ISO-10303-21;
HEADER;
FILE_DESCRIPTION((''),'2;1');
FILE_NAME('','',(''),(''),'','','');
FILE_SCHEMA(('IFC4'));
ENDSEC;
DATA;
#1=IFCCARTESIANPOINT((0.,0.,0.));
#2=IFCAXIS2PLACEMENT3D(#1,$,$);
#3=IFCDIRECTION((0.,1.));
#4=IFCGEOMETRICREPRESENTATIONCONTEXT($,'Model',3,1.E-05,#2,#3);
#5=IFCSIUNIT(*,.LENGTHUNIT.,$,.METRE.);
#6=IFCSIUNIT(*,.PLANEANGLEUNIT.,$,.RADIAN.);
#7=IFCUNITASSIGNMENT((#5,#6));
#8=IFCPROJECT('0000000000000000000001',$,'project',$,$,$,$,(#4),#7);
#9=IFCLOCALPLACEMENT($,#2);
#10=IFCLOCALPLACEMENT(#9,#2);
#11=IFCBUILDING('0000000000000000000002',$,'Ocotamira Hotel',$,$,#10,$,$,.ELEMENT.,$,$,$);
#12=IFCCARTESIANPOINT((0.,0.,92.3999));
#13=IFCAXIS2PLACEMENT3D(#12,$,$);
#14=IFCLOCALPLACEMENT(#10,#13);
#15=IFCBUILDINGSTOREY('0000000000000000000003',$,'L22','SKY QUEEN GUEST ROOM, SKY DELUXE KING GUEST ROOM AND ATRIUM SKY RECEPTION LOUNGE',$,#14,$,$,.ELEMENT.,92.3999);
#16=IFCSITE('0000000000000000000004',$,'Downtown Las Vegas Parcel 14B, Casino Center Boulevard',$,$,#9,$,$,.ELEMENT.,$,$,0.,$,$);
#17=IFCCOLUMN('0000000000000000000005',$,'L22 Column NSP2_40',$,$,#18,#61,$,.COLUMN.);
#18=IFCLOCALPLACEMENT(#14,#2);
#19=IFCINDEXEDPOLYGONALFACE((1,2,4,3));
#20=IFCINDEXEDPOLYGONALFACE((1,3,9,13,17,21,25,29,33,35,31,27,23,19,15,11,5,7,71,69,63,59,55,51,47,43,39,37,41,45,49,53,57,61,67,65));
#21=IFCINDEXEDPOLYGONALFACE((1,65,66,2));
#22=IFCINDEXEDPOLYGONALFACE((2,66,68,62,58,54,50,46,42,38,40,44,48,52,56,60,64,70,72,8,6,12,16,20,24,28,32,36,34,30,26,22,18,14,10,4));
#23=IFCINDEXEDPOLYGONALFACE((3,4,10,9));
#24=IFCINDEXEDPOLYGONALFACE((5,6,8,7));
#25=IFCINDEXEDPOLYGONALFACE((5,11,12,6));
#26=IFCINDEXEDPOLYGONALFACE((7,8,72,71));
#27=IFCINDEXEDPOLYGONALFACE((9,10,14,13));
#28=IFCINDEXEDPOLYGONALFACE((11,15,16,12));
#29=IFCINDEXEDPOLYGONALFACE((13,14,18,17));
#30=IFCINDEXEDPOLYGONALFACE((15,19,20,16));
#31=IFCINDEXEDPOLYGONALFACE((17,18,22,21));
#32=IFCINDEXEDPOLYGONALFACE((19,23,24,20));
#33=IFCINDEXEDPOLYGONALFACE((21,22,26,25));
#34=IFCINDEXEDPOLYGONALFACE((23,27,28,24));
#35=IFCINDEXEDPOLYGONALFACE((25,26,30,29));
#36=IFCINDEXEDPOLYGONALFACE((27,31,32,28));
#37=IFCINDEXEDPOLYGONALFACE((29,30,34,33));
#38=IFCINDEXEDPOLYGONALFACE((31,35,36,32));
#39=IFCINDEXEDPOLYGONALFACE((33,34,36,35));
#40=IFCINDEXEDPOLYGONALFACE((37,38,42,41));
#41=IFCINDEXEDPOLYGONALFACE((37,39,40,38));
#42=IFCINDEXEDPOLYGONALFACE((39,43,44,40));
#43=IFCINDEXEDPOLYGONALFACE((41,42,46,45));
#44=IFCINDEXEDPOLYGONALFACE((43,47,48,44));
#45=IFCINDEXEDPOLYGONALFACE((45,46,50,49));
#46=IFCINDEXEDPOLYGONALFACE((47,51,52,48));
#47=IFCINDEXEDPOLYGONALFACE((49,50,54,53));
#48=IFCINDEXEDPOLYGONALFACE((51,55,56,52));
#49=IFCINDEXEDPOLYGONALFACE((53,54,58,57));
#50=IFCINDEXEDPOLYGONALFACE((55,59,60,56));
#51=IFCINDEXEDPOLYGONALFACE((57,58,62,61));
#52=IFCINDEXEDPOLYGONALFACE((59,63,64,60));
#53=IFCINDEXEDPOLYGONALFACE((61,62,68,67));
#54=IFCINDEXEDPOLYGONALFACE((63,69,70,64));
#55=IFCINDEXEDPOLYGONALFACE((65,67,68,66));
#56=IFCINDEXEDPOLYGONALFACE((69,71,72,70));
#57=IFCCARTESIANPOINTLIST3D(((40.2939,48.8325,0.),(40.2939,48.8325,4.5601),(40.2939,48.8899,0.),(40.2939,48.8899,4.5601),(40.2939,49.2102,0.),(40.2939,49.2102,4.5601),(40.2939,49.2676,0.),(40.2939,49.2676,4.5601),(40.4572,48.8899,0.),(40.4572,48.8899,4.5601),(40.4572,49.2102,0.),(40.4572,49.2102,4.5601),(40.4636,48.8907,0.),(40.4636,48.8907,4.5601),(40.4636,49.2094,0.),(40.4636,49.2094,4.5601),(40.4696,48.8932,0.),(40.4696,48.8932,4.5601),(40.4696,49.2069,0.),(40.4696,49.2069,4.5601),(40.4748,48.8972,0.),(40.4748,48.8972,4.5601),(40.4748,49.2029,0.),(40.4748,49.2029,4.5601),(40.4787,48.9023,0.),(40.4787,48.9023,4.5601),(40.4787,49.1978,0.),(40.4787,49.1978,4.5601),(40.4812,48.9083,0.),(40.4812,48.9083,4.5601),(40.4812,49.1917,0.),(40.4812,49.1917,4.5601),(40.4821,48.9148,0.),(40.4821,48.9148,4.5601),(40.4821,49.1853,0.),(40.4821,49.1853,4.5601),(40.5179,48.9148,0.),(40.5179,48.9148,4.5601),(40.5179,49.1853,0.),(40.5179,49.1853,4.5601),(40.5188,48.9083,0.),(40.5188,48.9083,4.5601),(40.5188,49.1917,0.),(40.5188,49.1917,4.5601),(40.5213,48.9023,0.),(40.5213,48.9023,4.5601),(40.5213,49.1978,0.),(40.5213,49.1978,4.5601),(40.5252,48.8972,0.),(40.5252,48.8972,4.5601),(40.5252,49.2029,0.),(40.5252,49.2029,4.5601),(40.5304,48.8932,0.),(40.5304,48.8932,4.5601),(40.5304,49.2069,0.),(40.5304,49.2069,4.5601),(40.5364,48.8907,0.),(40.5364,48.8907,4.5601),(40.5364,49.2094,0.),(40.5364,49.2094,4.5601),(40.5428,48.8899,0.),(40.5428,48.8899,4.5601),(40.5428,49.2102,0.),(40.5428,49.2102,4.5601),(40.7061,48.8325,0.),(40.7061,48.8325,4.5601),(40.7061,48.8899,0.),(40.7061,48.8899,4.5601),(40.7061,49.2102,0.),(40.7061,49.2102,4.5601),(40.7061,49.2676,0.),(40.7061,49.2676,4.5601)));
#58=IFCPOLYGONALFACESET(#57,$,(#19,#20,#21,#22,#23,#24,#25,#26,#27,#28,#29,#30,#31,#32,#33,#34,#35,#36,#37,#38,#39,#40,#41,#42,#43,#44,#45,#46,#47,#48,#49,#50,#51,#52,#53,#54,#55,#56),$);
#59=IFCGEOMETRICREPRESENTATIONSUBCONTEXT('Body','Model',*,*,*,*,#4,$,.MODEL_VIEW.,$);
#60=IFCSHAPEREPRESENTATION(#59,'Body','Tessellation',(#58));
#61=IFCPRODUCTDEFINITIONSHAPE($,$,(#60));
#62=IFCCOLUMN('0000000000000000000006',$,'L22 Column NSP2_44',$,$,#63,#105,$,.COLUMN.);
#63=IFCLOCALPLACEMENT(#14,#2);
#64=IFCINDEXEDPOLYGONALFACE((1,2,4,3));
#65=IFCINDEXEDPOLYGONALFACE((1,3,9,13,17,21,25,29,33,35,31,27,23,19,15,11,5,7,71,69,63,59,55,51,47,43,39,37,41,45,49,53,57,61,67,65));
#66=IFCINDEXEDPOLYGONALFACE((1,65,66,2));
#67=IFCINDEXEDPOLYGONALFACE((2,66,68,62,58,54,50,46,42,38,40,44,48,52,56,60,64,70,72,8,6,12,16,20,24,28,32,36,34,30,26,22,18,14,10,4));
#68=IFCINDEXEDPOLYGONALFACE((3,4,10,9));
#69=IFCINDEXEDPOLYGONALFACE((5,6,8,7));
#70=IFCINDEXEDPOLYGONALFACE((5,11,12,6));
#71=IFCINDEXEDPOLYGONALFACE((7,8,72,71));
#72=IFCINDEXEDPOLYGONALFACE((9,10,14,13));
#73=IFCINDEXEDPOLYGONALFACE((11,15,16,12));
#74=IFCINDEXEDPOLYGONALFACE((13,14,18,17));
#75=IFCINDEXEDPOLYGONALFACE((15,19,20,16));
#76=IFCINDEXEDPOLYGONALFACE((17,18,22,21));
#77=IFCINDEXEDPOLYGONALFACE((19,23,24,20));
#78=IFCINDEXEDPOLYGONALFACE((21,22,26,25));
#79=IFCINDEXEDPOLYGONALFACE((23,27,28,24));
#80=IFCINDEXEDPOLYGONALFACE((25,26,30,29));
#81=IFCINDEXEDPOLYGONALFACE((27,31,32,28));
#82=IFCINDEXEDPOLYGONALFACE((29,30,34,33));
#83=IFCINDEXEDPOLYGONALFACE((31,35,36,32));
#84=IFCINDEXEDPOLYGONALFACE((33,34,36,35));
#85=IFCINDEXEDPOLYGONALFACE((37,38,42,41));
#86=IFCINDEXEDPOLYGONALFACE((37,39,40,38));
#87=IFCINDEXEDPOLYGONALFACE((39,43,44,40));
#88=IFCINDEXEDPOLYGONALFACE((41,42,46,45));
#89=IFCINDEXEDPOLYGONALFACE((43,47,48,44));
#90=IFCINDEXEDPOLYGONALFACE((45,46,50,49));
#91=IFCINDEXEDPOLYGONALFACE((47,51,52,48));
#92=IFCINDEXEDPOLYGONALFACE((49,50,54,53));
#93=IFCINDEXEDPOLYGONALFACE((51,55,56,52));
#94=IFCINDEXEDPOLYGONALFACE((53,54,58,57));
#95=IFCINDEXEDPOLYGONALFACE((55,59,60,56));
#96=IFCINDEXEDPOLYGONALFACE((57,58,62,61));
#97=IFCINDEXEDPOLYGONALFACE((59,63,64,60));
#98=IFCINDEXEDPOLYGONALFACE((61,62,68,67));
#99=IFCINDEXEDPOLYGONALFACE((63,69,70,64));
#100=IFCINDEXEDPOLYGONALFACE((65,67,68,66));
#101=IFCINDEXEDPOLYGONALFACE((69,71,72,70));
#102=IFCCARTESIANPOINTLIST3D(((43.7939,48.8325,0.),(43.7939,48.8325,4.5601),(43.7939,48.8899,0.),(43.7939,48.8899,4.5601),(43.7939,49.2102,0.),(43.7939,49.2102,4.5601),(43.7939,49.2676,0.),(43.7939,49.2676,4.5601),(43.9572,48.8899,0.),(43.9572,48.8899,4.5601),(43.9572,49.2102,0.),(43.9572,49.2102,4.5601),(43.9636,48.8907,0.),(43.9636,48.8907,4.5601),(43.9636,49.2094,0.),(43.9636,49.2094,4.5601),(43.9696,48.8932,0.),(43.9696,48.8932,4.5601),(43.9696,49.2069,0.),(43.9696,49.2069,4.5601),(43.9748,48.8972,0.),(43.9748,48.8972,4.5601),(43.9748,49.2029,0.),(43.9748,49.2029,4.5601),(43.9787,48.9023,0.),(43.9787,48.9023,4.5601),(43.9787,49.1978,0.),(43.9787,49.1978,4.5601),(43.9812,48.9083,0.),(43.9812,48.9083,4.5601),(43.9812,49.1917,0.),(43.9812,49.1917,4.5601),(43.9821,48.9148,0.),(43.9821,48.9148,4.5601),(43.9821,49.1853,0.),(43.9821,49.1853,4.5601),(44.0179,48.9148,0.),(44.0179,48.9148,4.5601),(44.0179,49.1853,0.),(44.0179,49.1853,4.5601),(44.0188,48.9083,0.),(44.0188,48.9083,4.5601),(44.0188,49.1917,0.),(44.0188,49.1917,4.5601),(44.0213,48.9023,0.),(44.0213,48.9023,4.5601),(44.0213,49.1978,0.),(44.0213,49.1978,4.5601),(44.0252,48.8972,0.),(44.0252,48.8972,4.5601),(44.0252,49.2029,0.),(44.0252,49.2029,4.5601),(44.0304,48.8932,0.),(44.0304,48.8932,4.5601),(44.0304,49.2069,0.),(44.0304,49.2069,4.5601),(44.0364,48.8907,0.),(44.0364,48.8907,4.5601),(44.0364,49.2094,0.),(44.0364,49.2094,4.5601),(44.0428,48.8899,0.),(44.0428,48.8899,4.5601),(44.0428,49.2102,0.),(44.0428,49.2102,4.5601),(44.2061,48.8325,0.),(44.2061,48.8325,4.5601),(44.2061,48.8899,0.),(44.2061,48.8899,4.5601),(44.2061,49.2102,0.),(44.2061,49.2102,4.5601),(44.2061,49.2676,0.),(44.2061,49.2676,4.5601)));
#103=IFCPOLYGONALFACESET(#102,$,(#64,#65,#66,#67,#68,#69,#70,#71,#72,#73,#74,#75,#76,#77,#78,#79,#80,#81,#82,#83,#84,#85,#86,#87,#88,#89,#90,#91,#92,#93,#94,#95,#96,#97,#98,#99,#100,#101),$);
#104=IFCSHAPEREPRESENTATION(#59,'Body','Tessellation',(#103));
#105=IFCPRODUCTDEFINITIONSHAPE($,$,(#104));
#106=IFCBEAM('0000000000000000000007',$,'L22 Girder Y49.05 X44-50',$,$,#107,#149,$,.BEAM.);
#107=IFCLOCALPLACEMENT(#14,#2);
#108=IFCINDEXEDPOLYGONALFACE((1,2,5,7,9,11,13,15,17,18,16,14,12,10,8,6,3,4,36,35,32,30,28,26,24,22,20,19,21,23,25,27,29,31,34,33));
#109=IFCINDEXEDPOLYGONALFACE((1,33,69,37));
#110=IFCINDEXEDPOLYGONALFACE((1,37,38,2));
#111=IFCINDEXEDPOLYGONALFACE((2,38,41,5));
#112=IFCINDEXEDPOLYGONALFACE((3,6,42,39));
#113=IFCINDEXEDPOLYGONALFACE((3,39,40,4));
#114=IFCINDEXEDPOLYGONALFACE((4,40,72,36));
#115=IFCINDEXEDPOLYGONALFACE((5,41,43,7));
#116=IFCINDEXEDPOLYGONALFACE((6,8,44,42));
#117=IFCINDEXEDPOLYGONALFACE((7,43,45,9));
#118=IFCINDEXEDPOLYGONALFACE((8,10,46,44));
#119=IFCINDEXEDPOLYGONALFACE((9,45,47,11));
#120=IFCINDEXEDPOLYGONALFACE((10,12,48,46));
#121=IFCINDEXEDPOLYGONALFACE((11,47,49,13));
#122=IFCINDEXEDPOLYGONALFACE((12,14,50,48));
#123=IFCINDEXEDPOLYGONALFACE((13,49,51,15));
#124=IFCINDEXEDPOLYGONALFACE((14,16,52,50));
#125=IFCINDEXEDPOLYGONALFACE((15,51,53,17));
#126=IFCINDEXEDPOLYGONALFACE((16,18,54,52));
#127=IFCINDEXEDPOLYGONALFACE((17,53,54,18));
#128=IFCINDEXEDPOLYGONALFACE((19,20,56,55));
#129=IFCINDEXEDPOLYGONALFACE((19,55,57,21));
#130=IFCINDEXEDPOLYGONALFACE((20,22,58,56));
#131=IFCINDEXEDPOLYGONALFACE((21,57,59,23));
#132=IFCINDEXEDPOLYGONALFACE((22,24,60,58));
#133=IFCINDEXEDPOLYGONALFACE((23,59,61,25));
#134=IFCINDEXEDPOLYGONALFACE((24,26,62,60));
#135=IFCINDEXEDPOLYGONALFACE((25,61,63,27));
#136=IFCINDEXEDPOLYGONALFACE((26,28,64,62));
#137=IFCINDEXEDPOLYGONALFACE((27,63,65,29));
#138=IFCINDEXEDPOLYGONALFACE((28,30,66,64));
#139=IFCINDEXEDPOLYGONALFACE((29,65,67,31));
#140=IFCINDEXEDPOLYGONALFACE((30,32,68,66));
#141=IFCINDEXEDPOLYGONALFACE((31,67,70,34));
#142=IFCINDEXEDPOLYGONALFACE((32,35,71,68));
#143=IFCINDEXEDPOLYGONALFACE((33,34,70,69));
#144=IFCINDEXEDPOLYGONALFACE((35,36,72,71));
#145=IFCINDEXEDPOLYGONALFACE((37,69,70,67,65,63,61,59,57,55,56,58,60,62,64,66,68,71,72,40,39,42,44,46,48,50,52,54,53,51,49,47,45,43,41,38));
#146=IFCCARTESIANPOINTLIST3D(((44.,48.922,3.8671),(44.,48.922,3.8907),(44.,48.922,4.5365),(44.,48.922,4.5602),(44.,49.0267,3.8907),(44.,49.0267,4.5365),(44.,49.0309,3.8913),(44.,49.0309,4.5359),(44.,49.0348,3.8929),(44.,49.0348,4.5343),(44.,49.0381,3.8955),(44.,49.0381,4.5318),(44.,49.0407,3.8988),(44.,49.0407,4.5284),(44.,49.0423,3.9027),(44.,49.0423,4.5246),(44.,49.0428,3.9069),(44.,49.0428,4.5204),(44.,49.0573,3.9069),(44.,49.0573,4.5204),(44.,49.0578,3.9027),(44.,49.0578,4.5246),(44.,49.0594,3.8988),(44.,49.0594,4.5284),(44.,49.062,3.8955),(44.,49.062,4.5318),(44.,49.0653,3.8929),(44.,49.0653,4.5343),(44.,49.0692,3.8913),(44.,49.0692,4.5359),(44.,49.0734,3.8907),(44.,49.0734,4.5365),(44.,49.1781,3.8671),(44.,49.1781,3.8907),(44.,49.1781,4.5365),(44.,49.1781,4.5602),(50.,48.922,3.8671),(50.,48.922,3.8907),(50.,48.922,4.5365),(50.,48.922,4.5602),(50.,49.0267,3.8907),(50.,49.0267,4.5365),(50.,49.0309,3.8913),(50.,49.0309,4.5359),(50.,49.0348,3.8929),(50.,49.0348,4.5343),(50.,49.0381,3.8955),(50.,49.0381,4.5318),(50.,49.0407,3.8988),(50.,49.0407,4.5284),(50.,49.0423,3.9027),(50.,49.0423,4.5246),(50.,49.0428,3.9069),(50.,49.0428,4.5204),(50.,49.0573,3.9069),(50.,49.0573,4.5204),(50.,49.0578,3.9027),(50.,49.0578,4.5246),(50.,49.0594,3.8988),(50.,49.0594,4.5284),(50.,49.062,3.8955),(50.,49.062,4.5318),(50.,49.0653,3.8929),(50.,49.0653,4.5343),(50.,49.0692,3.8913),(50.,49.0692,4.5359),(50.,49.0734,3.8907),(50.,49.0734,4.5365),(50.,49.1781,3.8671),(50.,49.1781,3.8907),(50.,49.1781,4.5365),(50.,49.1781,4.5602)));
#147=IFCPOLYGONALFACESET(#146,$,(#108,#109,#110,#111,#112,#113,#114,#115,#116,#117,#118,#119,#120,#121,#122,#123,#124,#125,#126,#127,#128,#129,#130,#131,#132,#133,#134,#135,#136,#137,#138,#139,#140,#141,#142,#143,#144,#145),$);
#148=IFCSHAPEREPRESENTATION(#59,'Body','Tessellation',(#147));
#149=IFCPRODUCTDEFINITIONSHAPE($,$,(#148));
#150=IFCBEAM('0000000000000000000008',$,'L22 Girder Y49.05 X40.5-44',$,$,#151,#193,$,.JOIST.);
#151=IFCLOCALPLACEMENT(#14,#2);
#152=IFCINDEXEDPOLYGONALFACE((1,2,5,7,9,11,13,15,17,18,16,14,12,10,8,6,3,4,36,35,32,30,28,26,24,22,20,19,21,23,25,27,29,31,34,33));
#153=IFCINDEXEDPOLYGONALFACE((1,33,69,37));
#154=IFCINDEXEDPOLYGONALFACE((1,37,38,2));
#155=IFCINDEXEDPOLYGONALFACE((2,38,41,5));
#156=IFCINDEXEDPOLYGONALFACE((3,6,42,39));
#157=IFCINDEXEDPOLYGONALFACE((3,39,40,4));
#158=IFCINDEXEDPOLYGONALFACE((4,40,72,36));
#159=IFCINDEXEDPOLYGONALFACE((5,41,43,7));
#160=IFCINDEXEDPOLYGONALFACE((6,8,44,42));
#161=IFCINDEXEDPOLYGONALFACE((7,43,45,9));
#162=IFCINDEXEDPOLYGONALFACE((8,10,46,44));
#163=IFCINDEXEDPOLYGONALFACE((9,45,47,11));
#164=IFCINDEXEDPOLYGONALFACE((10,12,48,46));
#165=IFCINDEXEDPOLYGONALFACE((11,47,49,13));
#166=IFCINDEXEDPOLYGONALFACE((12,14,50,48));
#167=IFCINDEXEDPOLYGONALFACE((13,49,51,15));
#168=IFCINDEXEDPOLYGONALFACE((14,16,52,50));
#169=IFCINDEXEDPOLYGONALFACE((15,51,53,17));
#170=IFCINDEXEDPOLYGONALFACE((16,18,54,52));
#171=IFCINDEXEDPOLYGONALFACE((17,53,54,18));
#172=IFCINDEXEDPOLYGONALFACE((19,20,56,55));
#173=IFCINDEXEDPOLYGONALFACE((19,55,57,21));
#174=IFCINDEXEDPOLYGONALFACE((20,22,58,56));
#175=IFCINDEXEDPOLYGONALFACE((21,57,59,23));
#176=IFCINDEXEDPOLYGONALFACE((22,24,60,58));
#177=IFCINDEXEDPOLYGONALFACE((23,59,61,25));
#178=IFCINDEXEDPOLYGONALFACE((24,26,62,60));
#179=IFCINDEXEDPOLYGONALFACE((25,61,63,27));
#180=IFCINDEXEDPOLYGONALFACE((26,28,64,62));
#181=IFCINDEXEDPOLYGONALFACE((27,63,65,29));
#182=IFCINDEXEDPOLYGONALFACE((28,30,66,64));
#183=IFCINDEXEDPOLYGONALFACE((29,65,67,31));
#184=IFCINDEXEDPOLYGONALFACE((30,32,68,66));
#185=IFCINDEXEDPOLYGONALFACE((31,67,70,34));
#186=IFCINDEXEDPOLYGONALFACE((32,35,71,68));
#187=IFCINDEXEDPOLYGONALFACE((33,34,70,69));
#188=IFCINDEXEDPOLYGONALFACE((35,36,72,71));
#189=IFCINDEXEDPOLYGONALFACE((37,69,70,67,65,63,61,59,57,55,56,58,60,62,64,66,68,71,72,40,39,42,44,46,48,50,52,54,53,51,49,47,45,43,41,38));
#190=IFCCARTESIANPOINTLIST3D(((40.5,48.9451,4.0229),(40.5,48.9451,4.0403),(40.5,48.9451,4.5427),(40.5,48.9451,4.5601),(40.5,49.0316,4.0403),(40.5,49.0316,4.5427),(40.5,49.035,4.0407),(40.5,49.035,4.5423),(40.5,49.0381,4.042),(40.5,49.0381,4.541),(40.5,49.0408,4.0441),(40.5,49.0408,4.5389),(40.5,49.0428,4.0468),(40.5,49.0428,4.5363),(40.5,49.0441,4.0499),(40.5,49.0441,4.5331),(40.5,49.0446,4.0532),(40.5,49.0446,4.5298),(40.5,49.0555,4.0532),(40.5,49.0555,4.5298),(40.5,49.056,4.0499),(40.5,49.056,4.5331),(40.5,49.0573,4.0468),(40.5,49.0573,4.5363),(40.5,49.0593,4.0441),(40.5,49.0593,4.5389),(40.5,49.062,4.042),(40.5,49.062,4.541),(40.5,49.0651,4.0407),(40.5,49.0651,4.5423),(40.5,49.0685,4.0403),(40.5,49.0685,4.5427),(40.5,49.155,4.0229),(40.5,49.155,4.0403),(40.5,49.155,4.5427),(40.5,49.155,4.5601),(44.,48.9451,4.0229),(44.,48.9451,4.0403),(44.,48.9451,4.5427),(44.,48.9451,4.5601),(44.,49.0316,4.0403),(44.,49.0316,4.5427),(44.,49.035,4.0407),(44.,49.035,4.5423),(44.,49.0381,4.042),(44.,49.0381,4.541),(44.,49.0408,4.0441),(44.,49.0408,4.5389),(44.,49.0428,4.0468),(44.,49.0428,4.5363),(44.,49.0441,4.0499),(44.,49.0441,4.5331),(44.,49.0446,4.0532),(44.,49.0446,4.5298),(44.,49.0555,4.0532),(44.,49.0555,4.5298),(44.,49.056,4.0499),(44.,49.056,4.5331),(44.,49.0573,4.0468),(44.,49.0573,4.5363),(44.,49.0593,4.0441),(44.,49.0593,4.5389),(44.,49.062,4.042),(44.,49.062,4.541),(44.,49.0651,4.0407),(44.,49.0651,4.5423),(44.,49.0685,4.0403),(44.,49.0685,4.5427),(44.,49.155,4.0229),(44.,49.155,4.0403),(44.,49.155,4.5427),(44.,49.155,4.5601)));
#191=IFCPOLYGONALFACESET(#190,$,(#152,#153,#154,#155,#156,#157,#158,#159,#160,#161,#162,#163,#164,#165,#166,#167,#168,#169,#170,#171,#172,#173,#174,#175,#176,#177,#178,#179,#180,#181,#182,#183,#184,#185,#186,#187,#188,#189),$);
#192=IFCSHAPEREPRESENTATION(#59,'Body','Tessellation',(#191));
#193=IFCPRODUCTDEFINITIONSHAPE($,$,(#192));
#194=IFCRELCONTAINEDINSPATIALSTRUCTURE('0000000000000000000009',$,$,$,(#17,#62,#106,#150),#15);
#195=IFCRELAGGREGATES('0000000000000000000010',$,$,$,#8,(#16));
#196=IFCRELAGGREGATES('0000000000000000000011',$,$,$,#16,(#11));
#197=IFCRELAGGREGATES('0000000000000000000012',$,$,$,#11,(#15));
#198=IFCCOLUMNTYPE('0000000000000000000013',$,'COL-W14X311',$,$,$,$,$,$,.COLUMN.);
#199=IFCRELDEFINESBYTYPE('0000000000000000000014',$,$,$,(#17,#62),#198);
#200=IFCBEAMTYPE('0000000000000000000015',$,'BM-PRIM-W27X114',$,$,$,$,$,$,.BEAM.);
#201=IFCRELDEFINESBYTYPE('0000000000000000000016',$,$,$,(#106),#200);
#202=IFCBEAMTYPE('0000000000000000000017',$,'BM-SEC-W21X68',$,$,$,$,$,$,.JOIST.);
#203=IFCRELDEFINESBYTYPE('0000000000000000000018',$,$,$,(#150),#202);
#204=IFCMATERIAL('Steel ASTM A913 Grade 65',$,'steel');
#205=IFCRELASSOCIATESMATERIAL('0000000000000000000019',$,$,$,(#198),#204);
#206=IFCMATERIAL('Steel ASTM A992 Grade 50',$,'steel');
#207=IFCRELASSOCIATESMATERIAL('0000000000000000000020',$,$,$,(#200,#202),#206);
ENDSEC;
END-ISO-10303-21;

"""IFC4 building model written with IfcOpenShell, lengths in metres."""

from ifc_helpers import new_model, si_unit, direction, frame, origin, origin_2d, place, context, subcontext, project, spatial, i_section, extrude, source, transform, mapped, material, material_profile, profile_set, type_object, element, save


model = new_model("IFC4")

# Units and contexts
model_context = context("Model", 3, precision=1e-05, world=origin(), true_north=direction((0.0, 1.0)))
body_context = subcontext(model_context, "Body", "Model", "MODEL_VIEW")
ifc_project = project(units=[si_unit("LENGTHUNIT", "METRE"), si_unit("PLANEANGLEUNIT", "RADIAN")], contexts=[model_context])

# Site, building, storey
site_placement = place(None, origin())
site = spatial("IfcSite", under=ifc_project, at=site_placement, Name="Downtown Las Vegas Parcel 14B, Casino Center Boulevard", CompositionType="ELEMENT", RefElevation=0.0)
building_placement = place(site_placement, origin())
building = spatial("IfcBuilding", under=site, at=building_placement, Name="Ocotamira Hotel", CompositionType="ELEMENT")
storey_placement = place(building_placement, frame((0.0, 0.0, 92.3999)))
storey = spatial("IfcBuildingStorey", under=building, at=storey_placement, Name="L22", Description="SKY QUEEN GUEST ROOM, SKY DELUXE KING GUEST ROOM AND ATRIUM SKY RECEPTION LOUNGE", CompositionType="ELEMENT", Elevation=92.3999)

# Columns
ifc_material_1 = material(Name="Steel ASTM A913 Grade 65", Category="steel")
ifc_material_profile_1 = material_profile(ifc_material_1, i_section(OverallWidth=0.4121, OverallDepth=0.4351, WebThickness=0.0359, FlangeThickness=0.0574, FilletRadius=0.0249, at=origin_2d()), Name="W14X311")
ifc_profile_set_1 = profile_set([ifc_material_profile_1], Name="Steel ASTM A913 Grade 65")
column_type = type_object("IfcColumnType", Name="COL-W14X311", PredefinedType="COLUMN", material=ifc_profile_set_1)
shared_shape_1 = source(origin(), body_context, "Body", "SweptSolid", [
    extrude(i_section(OverallWidth=0.4121, OverallDepth=0.4351, WebThickness=0.0359, FlangeThickness=0.0574, FilletRadius=0.0249, at=origin_2d()), origin(), (0.0, 0.0, 1.0), 4.5601),
])
for number, where, z_axis, x_axis, name in (
    (1, (40.5, 49.05, 0.0), (0.0, 0.0, 1.0), (1.0, 0.0, 0.0), "L22 Column NSP2_40"),
    (2, (44.0, 49.05, 0.0), (0.0, 0.0, 1.0), (1.0, 0.0, 0.0), "L22 Column NSP2_44"),
):
    element("IfcColumn", number, at=place(storey_placement, frame(where, z_axis=z_axis, x_axis=x_axis)), inside=storey, type_object=column_type, Name=name, PredefinedType="COLUMN", context=body_context, shape_type="MappedRepresentation", body=[
        mapped(shared_shape_1, transform((0.0, 0.0, 0.0), scale=1.0)),
    ])

# Beams
ifc_material_2 = material(Name="Steel ASTM A992 Grade 50", Category="steel")
ifc_material_profile_2 = material_profile(ifc_material_2, i_section(OverallWidth=0.2561, OverallDepth=0.6931, WebThickness=0.0144, FlangeThickness=0.0237, FilletRadius=0.0161, at=origin_2d()), Name="W27X114")
ifc_profile_set_2 = profile_set([ifc_material_profile_2], Name="Steel ASTM A992 Grade 50")
beam_type_1 = type_object("IfcBeamType", Name="BM-PRIM-W27X114", PredefinedType="BEAM", material=ifc_profile_set_2)
shared_shape_2 = source(origin(), body_context, "Body", "SweptSolid", [
    extrude(i_section(OverallWidth=0.2561, OverallDepth=0.6931, WebThickness=0.0144, FlangeThickness=0.0237, FilletRadius=0.0161, at=origin_2d()), origin(), (0.0, 0.0, 1.0), 6.0),
])
beam_1_placement = place(storey_placement, frame((44.0, 49.05, 4.2136), z_axis=(1.0, 0.0, 0.0), x_axis=(0.0, 1.0, 0.0)))
element("IfcBeam", 3, at=beam_1_placement, inside=storey, type_object=beam_type_1, Name="L22 Girder Y49.05 X44-50", PredefinedType="BEAM", context=body_context, shape_type="MappedRepresentation", body=[
    mapped(shared_shape_2, transform((0.0, 0.0, 0.0), scale=1.0)),
])
ifc_material_profile_3 = material_profile(ifc_material_2, i_section(OverallWidth=0.21, OverallDepth=0.5371, WebThickness=0.011, FlangeThickness=0.0173, FilletRadius=0.0129, at=origin_2d()), Name="W21X68")
ifc_profile_set_3 = profile_set([ifc_material_profile_3], Name="Steel ASTM A992 Grade 50")
beam_type_2 = type_object("IfcBeamType", Name="BM-SEC-W21X68", PredefinedType="JOIST", material=ifc_profile_set_3)
shared_shape_3 = source(origin(), body_context, "Body", "SweptSolid", [
    extrude(i_section(OverallWidth=0.21, OverallDepth=0.5371, WebThickness=0.011, FlangeThickness=0.0173, FilletRadius=0.0129, at=origin_2d()), origin(), (0.0, 0.0, 1.0), 3.5),
])
beam_2_placement = place(storey_placement, frame((40.5, 49.05, 4.2915), z_axis=(1.0, 0.0, 0.0), x_axis=(0.0, 1.0, 0.0)))
element("IfcBeam", 4, at=beam_2_placement, inside=storey, type_object=beam_type_2, Name="L22 Girder Y49.05 X40.5-44", PredefinedType="JOIST", context=body_context, shape_type="MappedRepresentation", body=[
    mapped(shared_shape_3, transform((0.0, 0.0, 0.0), scale=1.0)),
])

save(model, "model.ifc")
